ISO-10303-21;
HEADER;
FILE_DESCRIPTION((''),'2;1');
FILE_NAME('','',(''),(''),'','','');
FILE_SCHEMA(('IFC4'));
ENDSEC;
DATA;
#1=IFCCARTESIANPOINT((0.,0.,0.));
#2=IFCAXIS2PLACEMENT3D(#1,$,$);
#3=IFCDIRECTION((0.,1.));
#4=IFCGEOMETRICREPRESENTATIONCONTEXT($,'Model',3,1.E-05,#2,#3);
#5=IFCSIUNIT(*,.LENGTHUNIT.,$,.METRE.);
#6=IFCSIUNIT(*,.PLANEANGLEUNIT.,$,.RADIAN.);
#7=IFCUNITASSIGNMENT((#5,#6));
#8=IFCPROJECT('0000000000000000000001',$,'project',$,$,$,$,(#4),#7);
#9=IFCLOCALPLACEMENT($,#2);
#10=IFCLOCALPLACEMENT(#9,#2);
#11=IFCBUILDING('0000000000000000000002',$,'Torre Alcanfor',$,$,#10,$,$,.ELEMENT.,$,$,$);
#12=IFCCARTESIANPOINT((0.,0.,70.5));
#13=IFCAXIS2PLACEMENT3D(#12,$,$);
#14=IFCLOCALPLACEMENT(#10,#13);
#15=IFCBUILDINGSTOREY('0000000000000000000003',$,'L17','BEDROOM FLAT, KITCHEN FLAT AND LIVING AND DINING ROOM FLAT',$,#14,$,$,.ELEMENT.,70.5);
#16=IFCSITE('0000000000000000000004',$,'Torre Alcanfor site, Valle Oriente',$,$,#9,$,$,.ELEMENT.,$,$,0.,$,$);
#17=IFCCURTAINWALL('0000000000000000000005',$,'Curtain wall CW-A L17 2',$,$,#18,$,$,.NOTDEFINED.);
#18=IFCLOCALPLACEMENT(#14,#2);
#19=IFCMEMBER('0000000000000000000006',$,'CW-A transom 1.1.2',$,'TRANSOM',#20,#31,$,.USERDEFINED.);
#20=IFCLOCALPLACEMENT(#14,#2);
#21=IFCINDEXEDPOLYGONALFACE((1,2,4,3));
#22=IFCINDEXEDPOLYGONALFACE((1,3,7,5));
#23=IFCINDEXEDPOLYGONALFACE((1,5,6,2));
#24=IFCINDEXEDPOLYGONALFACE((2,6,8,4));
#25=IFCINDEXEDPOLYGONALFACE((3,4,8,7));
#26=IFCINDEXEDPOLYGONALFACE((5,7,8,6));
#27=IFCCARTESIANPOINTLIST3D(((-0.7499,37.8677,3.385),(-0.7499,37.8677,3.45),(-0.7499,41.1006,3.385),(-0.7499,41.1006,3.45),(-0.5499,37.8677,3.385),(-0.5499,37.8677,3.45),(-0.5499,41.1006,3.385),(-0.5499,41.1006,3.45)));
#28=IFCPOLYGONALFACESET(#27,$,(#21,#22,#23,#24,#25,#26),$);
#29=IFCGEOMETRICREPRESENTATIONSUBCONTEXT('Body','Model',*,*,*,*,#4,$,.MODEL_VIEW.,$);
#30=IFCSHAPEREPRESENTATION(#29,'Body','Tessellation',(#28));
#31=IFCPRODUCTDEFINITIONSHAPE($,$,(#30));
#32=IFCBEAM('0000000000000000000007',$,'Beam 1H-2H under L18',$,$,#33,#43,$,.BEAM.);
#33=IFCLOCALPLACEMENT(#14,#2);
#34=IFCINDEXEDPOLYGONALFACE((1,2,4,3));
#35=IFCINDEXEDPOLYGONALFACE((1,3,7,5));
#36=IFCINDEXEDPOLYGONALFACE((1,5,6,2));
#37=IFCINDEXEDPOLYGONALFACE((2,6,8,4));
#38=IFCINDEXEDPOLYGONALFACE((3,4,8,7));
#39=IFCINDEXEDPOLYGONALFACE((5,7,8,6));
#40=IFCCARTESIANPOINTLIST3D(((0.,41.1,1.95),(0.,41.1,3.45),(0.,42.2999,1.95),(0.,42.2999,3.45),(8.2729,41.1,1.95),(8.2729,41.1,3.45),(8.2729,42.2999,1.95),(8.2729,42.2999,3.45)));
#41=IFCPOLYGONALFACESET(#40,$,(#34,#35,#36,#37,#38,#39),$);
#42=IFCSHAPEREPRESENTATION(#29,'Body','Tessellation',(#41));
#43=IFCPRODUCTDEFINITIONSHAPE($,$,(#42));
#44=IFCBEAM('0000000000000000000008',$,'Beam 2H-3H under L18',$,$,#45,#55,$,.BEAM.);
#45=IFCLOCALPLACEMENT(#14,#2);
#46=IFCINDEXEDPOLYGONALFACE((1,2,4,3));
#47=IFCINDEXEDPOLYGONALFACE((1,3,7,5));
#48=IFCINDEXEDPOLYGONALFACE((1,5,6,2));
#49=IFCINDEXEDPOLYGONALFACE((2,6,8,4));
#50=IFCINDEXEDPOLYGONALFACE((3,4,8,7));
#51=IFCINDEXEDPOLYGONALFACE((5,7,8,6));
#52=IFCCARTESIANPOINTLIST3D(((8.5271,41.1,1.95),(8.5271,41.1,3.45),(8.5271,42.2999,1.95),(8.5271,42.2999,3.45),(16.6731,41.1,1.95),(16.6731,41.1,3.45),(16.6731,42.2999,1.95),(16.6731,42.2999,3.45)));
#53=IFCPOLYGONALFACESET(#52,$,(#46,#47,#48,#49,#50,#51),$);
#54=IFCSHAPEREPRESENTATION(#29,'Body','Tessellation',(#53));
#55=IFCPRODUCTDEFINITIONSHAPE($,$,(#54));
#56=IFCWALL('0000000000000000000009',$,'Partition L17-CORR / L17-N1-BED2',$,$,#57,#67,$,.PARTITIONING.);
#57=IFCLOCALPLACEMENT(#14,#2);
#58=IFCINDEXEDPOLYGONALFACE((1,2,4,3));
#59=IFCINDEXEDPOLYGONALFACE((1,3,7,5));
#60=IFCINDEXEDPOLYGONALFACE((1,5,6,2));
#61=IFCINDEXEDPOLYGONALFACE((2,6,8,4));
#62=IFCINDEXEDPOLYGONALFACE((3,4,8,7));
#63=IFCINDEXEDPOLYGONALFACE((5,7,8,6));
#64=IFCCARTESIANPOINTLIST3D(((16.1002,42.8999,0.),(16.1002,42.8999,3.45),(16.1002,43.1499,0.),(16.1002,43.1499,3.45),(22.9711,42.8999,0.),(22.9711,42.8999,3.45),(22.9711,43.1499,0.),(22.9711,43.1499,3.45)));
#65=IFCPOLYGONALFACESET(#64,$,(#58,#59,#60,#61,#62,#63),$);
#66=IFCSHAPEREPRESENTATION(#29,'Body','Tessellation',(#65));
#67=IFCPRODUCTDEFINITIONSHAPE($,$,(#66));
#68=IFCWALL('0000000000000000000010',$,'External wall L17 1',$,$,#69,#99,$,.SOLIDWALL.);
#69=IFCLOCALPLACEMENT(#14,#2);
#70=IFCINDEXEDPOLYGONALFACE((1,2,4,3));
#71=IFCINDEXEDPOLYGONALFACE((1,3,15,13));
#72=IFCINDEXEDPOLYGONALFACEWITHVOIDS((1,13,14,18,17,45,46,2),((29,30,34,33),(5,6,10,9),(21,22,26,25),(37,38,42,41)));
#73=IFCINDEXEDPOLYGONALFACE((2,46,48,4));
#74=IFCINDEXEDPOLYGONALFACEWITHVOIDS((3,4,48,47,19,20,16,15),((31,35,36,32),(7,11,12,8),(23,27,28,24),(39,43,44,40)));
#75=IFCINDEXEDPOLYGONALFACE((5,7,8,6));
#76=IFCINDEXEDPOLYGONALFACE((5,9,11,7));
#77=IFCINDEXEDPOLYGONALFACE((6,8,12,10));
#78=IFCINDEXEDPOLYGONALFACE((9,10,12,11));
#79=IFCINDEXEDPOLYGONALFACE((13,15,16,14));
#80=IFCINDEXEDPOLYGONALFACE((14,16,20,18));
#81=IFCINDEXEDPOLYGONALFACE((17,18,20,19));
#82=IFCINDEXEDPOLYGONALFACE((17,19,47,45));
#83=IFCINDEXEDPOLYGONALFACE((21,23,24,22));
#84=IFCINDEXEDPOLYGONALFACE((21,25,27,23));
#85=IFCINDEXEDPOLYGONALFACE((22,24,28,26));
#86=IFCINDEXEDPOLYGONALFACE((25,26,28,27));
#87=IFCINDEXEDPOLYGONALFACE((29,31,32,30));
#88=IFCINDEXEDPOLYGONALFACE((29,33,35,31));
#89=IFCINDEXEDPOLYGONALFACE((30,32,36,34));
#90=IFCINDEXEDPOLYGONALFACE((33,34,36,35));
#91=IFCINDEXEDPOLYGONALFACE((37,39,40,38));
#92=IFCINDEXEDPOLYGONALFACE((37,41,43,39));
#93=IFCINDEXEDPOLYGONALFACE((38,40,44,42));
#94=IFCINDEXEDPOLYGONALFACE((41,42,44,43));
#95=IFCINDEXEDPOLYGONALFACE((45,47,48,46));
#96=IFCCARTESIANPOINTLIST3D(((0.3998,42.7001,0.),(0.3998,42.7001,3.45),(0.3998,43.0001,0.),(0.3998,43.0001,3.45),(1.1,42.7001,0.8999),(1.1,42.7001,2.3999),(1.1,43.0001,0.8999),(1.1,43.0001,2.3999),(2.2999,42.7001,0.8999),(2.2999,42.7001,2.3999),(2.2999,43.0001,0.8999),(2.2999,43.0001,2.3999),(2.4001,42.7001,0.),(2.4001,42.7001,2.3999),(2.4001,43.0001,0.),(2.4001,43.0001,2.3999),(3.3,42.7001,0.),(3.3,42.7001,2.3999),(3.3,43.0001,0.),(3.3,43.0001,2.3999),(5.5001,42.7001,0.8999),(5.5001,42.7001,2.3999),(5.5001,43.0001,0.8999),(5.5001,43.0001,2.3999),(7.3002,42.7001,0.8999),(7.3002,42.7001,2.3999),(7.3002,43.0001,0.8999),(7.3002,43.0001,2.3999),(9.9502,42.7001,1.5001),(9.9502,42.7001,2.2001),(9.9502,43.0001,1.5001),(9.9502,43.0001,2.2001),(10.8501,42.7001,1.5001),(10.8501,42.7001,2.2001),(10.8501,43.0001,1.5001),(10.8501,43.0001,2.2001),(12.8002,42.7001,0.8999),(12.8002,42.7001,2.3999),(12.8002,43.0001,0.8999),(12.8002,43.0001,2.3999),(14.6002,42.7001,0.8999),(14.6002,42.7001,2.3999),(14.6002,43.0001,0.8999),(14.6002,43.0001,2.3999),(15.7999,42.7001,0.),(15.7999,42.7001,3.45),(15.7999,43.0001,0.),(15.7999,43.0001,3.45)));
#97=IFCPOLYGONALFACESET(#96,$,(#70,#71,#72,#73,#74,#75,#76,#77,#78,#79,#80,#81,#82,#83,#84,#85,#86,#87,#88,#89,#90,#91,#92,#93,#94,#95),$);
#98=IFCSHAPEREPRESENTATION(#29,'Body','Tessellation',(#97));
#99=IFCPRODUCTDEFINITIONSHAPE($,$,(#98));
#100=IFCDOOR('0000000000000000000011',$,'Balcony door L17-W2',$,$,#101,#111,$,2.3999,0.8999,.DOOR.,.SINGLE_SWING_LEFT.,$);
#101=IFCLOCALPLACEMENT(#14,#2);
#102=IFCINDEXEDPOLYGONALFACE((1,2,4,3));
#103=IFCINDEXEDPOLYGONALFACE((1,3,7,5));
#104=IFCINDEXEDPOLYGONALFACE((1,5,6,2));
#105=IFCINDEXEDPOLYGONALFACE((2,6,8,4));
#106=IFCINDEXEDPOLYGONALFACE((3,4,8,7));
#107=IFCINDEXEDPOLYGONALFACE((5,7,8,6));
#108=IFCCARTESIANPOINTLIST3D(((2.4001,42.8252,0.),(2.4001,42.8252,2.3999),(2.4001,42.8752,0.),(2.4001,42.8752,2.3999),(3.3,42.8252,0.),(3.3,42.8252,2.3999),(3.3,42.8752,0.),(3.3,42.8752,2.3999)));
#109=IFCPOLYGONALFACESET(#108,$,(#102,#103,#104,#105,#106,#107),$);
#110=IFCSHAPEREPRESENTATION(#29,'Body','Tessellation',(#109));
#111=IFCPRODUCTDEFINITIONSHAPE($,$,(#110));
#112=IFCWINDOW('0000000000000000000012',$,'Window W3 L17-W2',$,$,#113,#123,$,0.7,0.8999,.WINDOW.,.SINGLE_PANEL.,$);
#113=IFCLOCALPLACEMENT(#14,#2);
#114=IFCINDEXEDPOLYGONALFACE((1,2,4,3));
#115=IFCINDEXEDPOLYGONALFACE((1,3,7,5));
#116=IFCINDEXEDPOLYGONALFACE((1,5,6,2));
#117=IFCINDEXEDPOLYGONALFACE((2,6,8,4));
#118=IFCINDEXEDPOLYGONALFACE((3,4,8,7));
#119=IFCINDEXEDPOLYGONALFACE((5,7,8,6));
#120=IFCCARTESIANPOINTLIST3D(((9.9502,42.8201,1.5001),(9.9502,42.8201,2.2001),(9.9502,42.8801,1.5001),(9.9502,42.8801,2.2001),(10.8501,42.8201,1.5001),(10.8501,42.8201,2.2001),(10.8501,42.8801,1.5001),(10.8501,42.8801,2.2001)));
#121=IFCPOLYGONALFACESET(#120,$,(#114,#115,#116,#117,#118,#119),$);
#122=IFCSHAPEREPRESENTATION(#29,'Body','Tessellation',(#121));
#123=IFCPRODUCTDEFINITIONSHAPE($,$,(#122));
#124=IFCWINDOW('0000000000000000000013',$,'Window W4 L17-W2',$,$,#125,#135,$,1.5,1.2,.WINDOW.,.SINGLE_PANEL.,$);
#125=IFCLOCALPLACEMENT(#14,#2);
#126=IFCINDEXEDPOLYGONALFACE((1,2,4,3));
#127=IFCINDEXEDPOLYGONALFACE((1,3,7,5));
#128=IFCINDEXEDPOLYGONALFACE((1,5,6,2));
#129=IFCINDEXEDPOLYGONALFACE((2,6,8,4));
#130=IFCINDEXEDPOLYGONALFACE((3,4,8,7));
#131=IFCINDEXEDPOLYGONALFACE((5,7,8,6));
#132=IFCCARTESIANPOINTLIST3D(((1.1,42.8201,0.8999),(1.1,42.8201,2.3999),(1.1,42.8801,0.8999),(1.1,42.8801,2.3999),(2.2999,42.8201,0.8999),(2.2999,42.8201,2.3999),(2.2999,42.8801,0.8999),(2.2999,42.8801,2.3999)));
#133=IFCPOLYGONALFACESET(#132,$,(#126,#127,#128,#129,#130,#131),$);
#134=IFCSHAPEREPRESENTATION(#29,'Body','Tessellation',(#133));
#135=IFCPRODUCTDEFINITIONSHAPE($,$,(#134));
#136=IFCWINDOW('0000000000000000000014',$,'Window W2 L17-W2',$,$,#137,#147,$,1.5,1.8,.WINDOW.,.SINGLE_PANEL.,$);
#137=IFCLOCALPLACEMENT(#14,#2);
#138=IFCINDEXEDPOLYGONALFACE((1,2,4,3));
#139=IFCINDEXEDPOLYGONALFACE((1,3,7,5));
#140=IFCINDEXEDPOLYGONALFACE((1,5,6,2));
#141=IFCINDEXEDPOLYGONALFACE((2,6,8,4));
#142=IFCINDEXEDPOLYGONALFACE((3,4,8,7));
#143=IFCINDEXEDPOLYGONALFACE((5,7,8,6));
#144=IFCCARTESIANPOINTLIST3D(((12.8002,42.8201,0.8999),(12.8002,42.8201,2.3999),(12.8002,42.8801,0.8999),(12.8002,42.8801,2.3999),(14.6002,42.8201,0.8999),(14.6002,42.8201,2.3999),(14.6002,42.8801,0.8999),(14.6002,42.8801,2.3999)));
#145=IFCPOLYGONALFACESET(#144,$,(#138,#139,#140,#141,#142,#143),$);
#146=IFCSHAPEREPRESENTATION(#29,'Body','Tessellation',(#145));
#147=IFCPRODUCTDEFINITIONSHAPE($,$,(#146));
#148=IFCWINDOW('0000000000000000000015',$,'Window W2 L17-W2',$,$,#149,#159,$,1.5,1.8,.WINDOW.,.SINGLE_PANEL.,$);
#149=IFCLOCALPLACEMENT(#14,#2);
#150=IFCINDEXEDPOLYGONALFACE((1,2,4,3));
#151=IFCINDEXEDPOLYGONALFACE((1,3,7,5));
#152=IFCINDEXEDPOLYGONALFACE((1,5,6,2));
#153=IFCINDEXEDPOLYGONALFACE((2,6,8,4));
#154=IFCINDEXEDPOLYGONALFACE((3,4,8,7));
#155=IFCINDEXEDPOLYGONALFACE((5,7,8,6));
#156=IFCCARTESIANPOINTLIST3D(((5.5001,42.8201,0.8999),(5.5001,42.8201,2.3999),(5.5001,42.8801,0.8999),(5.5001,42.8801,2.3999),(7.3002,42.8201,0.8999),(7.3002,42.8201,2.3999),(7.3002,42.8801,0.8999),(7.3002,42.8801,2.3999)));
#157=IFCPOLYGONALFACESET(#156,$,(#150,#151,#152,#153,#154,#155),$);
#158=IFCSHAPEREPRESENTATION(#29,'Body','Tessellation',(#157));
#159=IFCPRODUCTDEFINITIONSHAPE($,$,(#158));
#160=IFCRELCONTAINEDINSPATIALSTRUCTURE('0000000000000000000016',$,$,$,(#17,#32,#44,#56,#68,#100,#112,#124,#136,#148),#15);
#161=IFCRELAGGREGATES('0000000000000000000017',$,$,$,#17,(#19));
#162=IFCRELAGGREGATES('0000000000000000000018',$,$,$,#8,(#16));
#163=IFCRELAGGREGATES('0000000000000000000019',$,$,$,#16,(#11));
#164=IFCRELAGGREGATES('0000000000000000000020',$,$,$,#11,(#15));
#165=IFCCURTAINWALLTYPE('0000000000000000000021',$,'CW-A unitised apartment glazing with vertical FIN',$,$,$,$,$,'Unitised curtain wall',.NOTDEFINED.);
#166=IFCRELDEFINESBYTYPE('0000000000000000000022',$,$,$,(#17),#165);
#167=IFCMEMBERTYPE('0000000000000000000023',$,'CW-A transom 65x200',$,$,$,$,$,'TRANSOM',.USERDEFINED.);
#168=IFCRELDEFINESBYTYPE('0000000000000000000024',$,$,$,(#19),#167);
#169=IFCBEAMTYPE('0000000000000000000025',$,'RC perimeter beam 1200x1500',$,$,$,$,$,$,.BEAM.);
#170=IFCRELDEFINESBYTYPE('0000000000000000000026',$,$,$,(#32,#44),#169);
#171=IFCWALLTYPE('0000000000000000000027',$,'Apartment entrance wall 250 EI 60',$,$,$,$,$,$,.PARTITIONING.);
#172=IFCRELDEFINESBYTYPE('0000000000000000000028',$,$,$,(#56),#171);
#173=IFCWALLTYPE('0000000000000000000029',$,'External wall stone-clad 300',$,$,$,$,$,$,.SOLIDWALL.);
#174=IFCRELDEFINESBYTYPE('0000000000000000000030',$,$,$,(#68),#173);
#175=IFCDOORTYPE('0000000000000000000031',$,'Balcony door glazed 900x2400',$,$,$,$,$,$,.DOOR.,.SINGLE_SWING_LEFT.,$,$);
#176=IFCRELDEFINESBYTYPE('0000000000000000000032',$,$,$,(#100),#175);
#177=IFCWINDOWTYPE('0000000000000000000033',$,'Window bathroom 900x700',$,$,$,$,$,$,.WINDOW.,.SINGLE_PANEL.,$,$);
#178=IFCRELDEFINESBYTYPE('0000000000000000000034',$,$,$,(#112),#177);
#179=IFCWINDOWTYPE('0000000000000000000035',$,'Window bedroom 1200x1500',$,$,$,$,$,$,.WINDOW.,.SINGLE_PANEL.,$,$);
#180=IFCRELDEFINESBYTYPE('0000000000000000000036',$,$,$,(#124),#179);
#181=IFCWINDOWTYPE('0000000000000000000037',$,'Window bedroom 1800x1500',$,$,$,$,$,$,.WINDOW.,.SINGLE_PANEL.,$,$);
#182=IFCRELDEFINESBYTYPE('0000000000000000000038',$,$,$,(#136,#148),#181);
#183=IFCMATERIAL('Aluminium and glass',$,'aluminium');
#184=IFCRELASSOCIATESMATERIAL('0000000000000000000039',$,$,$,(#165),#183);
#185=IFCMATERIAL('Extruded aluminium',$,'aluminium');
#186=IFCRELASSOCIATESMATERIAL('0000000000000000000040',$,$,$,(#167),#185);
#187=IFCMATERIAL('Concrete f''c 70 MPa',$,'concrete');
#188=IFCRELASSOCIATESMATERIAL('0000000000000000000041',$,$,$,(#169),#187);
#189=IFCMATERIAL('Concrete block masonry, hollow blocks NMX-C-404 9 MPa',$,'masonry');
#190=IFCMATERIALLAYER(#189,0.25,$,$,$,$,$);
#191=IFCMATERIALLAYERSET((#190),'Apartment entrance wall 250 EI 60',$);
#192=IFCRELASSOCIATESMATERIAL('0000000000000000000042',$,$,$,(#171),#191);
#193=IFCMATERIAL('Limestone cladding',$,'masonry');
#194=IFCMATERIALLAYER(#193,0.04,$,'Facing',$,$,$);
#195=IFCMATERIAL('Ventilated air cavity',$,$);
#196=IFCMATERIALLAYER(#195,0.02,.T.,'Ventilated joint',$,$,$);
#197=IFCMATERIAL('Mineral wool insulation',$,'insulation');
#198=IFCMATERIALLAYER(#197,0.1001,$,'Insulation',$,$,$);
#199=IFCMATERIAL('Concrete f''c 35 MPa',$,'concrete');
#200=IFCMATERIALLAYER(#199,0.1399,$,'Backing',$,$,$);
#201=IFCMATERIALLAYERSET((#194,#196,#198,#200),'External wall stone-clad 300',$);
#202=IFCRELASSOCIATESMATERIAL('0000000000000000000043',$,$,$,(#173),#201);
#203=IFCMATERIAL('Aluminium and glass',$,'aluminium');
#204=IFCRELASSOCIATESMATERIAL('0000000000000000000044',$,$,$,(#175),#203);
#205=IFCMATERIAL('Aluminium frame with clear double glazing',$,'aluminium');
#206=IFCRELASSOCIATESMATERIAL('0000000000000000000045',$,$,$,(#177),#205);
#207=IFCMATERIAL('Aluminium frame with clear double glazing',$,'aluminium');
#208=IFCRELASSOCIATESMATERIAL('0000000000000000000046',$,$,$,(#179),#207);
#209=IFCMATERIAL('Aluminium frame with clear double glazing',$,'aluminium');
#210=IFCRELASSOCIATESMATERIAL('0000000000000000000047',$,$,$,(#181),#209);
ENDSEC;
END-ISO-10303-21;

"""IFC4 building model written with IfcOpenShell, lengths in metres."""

from ifc_helpers import new_model, si_unit, direction, frame, frame_2d, origin, origin_2d, place, context, subcontext, project, spatial, rectangle, extrude, material, layer, layer_set, material_profile, profile_set, type_object, element, fill, aggregate, save


model = new_model("IFC4")

# Units and contexts
model_context = context("Model", 3, precision=1e-05, world=origin(), true_north=direction((0.0, 1.0)))
body_context = subcontext(model_context, "Body", "Model", "MODEL_VIEW")
ifc_project = project(units=[si_unit("LENGTHUNIT", "METRE"), si_unit("PLANEANGLEUNIT", "RADIAN")], contexts=[model_context])

# Site, building, storey
site_placement = place(None, origin())
site = spatial("IfcSite", under=ifc_project, at=site_placement, Name="Torre Alcanfor site, Valle Oriente", CompositionType="ELEMENT", RefElevation=0.0)
building_placement = place(site_placement, origin())
building = spatial("IfcBuilding", under=site, at=building_placement, Name="Torre Alcanfor", CompositionType="ELEMENT")
storey_placement = place(building_placement, frame((0.0, 0.0, 70.5)))
storey = spatial("IfcBuildingStorey", under=building, at=storey_placement, Name="L17", Description="BEDROOM FLAT, KITCHEN FLAT AND LIVING AND DINING ROOM FLAT", CompositionType="ELEMENT", Elevation=70.5)

# Curtain wall, member
ifc_material_1 = material(Name="Aluminium and glass", Category="aluminium")
curtain_wall_type = type_object("IfcCurtainWallType", Name="CW-A unitised apartment glazing with vertical FIN", ElementType="Unitised curtain wall", PredefinedType="NOTDEFINED", material=ifc_material_1)
curtain_wall_placement = place(storey_placement, origin())
curtain_wall = element("IfcCurtainWall", 1, at=curtain_wall_placement, inside=storey, type_object=curtain_wall_type, Name="Curtain wall CW-A L17 2", PredefinedType="NOTDEFINED")
ifc_material_2 = material(Name="Extruded aluminium", Category="aluminium")
ifc_material_profile_1 = material_profile(ifc_material_2, rectangle(XDim=0.2, YDim=0.0649, at=origin_2d()), Name="CW-A transom 200x65")
ifc_profile_set_1 = profile_set([ifc_material_profile_1], Name="Extruded aluminium")
member_type_1 = type_object("IfcMemberType", Name="CW-A transom 65x200", ElementType="TRANSOM", PredefinedType="USERDEFINED", material=ifc_profile_set_1)
member_1_placement = place(storey_placement, frame((-0.6499, 41.1006, 3.4175), z_axis=(0.0, -1.0, 0.0), x_axis=(1.0, 0.0, 0.0)))
member_1 = element("IfcMember", 2, at=member_1_placement, type_object=member_type_1, Name="CW-A transom 1.1.2", ObjectType="TRANSOM", PredefinedType="USERDEFINED", context=body_context, shape_type="SweptSolid", body=[
    extrude(rectangle(XDim=0.2, YDim=0.0649, at=origin_2d()), origin(), (0.0, 0.0, 1.0), 3.2329),
])
aggregate(curtain_wall, [member_1])

# Beams
ifc_material_3 = material(Name="Concrete f'c 70 MPa", Category="concrete")
ifc_material_profile_2 = material_profile(ifc_material_3, rectangle(XDim=1.2, YDim=1.5, at=origin_2d()), Name="1200x1500")
ifc_profile_set_2 = profile_set([ifc_material_profile_2], Name="Concrete f'c 70 MPa")
beam_type_1 = type_object("IfcBeamType", Name="RC perimeter beam 1200x1500", PredefinedType="BEAM", material=ifc_profile_set_2)
beam_1_placement = place(storey_placement, frame((0.0, 41.7, 2.7), z_axis=(1.0, 0.0, 0.0), x_axis=(0.0, 1.0, 0.0)))
element("IfcBeam", 3, at=beam_1_placement, inside=storey, type_object=beam_type_1, Name="Beam 1H-2H under L18", PredefinedType="BEAM", context=body_context, shape_type="SweptSolid", body=[
    extrude(rectangle(XDim=1.2, YDim=1.5, at=origin_2d()), origin(), (0.0, 0.0, 1.0), 8.2729),
])
beam_2_placement = place(storey_placement, frame((8.5271, 41.7, 2.7), z_axis=(1.0, 0.0, 0.0), x_axis=(0.0, 1.0, 0.0)))
element("IfcBeam", 4, at=beam_2_placement, inside=storey, type_object=beam_type_1, Name="Beam 2H-3H under L18", PredefinedType="BEAM", context=body_context, shape_type="SweptSolid", body=[
    extrude(rectangle(XDim=1.2, YDim=1.5, at=origin_2d()), origin(), (0.0, 0.0, 1.0), 8.146),
])

# Wall
ifc_material_4 = material(Name="Concrete block masonry, hollow blocks NMX-C-404 9 MPa", Category="masonry")
ifc_layer_1 = layer(ifc_material_4, 0.25)
ifc_layer_set_1 = layer_set([ifc_layer_1], Name="Apartment entrance wall 250 EI 60")
wall_type_1 = type_object("IfcWallType", Name="Apartment entrance wall 250 EI 60", PredefinedType="PARTITIONING", material=ifc_layer_set_1)
wall_1_placement = place(storey_placement, frame((16.1001, 43.0249, 0.0), z_axis=(0.0, 0.0, 1.0), x_axis=(1.0, 0.0, 0.0)))
element("IfcWall", 5, at=wall_1_placement, inside=storey, type_object=wall_type_1, Name="Partition L17-CORR / L17-N1-BED2", PredefinedType="PARTITIONING", context=body_context, shape_type="SweptSolid", body=[
    extrude(rectangle(XDim=6.8708, YDim=0.25, at=frame_2d((3.4355, 0.0))), origin(), (0.0, 0.0, 1.0), 3.45),
])

# Wall, openings, door, windows
ifc_material_5 = material(Name="Limestone cladding", Category="masonry")
ifc_layer_2 = layer(ifc_material_5, 0.04, Name="Facing")
ifc_material_6 = material(Name="Ventilated air cavity")
ifc_layer_3 = layer(ifc_material_6, 0.02, ventilated=True, Name="Ventilated joint")
ifc_material_7 = material(Name="Mineral wool insulation", Category="insulation")
ifc_layer_4 = layer(ifc_material_7, 0.1001, Name="Insulation")
ifc_material_8 = material(Name="Concrete f'c 35 MPa", Category="concrete")
ifc_layer_5 = layer(ifc_material_8, 0.1399, Name="Backing")
ifc_layer_set_2 = layer_set([ifc_layer_2, ifc_layer_3, ifc_layer_4, ifc_layer_5], Name="External wall stone-clad 300")
wall_type_2 = type_object("IfcWallType", Name="External wall stone-clad 300", PredefinedType="SOLIDWALL", material=ifc_layer_set_2)
wall_2_placement = place(storey_placement, frame((15.8, 42.8501, 0.0), z_axis=(0.0, 0.0, 1.0), x_axis=(-1.0, 0.0, 0.0)))
wall_2 = element("IfcWall", 6, at=wall_2_placement, inside=storey, type_object=wall_type_2, Name="External wall L17 1", PredefinedType="SOLIDWALL", context=body_context, shape_type="SweptSolid", body=[
    extrude(rectangle(XDim=15.4001, YDim=0.3, at=frame_2d((7.7002, 0.0))), origin(), (0.0, 0.0, 1.0), 3.45),
])
opening_1_placement = place(wall_2_placement, frame((1.2, 0.0, 0.8999)))
opening_1 = element("IfcOpeningElement", 7, at=opening_1_placement, cuts=wall_2, PredefinedType="OPENING", context=body_context, shape_type="SweptSolid", body=[
    extrude(rectangle(XDim=1.8, YDim=1.5, at=frame_2d((0.8999, 0.75))), frame((0.0, 0.1599, 0.0), z_axis=(0.0, -1.0, 0.0), x_axis=(1.0, 0.0, 0.0)), (0.0, 0.0, 1.0), 0.3201),
])
opening_2_placement = place(wall_2_placement, frame((4.95, 0.0, 1.5)))
opening_2 = element("IfcOpeningElement", 8, at=opening_2_placement, cuts=wall_2, PredefinedType="OPENING", context=body_context, shape_type="SweptSolid", body=[
    extrude(rectangle(XDim=0.8999, YDim=0.7, at=frame_2d((0.45, 0.3501))), frame((0.0, 0.1599, 0.0), z_axis=(0.0, -1.0, 0.0), x_axis=(1.0, 0.0, 0.0)), (0.0, 0.0, 1.0), 0.3201),
])
opening_3_placement = place(wall_2_placement, frame((8.5, 0.0, 0.8999)))
opening_3 = element("IfcOpeningElement", 9, at=opening_3_placement, cuts=wall_2, PredefinedType="OPENING", context=body_context, shape_type="SweptSolid", body=[
    extrude(rectangle(XDim=1.8, YDim=1.5, at=frame_2d((0.8999, 0.75))), frame((0.0, 0.1599, 0.0), z_axis=(0.0, -1.0, 0.0), x_axis=(1.0, 0.0, 0.0)), (0.0, 0.0, 1.0), 0.3201),
])
opening_4_placement = place(wall_2_placement, frame((12.5, 0.0, 0.0)))
opening_4 = element("IfcOpeningElement", 10, at=opening_4_placement, cuts=wall_2, PredefinedType="OPENING", context=body_context, shape_type="SweptSolid", body=[
    extrude(rectangle(XDim=0.8999, YDim=2.3999, at=frame_2d((0.45, 1.2))), frame((0.0, 0.1599, 0.0), z_axis=(0.0, -1.0, 0.0), x_axis=(1.0, 0.0, 0.0)), (0.0, 0.0, 1.0), 0.3201),
])
opening_5_placement = place(wall_2_placement, frame((13.5, 0.0, 0.8999)))
opening_5 = element("IfcOpeningElement", 11, at=opening_5_placement, cuts=wall_2, PredefinedType="OPENING", context=body_context, shape_type="SweptSolid", body=[
    extrude(rectangle(XDim=1.2, YDim=1.5, at=frame_2d((0.6001, 0.75))), frame((0.0, 0.1599, 0.0), z_axis=(0.0, -1.0, 0.0), x_axis=(1.0, 0.0, 0.0)), (0.0, 0.0, 1.0), 0.3201),
])
ifc_material_9 = material(Name="Aluminium and glass", Category="aluminium")
door_type = type_object("IfcDoorType", Name="Balcony door glazed 900x2400", OperationType="SINGLE_SWING_LEFT", PredefinedType="DOOR", material=ifc_material_9)
door_1_placement = place(opening_4_placement, origin())
door_1 = element("IfcDoor", 12, at=door_1_placement, inside=storey, type_object=door_type, Name="Balcony door L17-W2", OperationType="SINGLE_SWING_LEFT", OverallHeight=2.3999, OverallWidth=0.8999, PredefinedType="DOOR", context=body_context, shape_type="SweptSolid", body=[
    extrude(rectangle(XDim=0.8999, YDim=2.3999, at=frame_2d((0.45, 1.2))), frame((0.0, 0.0249, 0.0), z_axis=(0.0, -1.0, 0.0), x_axis=(1.0, 0.0, 0.0)), (0.0, 0.0, 1.0), 0.05),
])
fill(opening_4, door_1)
ifc_material_10 = material(Name="Aluminium frame with clear double glazing", Category="aluminium")
window_type_1 = type_object("IfcWindowType", Name="Window bathroom 900x700", PartitioningType="SINGLE_PANEL", PredefinedType="WINDOW", material=ifc_material_10)
window_1_placement = place(opening_2_placement, origin())
window_1 = element("IfcWindow", 13, at=window_1_placement, inside=storey, type_object=window_type_1, Name="Window W3 L17-W2", OverallHeight=0.7, OverallWidth=0.8999, PartitioningType="SINGLE_PANEL", PredefinedType="WINDOW", context=body_context, shape_type="SweptSolid", body=[
    extrude(rectangle(XDim=0.8999, YDim=0.7, at=frame_2d((0.45, 0.3501))), frame((0.0, 0.03, 0.0), z_axis=(0.0, -1.0, 0.0), x_axis=(1.0, 0.0, 0.0)), (0.0, 0.0, 1.0), 0.0601),
])
fill(opening_2, window_1)
ifc_material_11 = material(Name="Aluminium frame with clear double glazing", Category="aluminium")
window_type_2 = type_object("IfcWindowType", Name="Window bedroom 1200x1500", PartitioningType="SINGLE_PANEL", PredefinedType="WINDOW", material=ifc_material_11)
window_2_placement = place(opening_5_placement, origin())
window_2 = element("IfcWindow", 14, at=window_2_placement, inside=storey, type_object=window_type_2, Name="Window W4 L17-W2", OverallHeight=1.5, OverallWidth=1.2, PartitioningType="SINGLE_PANEL", PredefinedType="WINDOW", context=body_context, shape_type="SweptSolid", body=[
    extrude(rectangle(XDim=1.2, YDim=1.5, at=frame_2d((0.6001, 0.75))), frame((0.0, 0.03, 0.0), z_axis=(0.0, -1.0, 0.0), x_axis=(1.0, 0.0, 0.0)), (0.0, 0.0, 1.0), 0.0601),
])
fill(opening_5, window_2)
ifc_material_12 = material(Name="Aluminium frame with clear double glazing", Category="aluminium")
window_type_3 = type_object("IfcWindowType", Name="Window bedroom 1800x1500", PartitioningType="SINGLE_PANEL", PredefinedType="WINDOW", material=ifc_material_12)
window_3_placement = place(opening_1_placement, origin())
window_3 = element("IfcWindow", 15, at=window_3_placement, inside=storey, type_object=window_type_3, Name="Window W2 L17-W2", OverallHeight=1.5, OverallWidth=1.8, PartitioningType="SINGLE_PANEL", PredefinedType="WINDOW", context=body_context, shape_type="SweptSolid", body=[
    extrude(rectangle(XDim=1.8, YDim=1.5, at=frame_2d((0.8999, 0.75))), frame((0.0, 0.03, 0.0), z_axis=(0.0, -1.0, 0.0), x_axis=(1.0, 0.0, 0.0)), (0.0, 0.0, 1.0), 0.0601),
])
fill(opening_1, window_3)
window_4_placement = place(opening_3_placement, origin())
window_4 = element("IfcWindow", 16, at=window_4_placement, inside=storey, type_object=window_type_3, Name="Window W2 L17-W2", OverallHeight=1.5, OverallWidth=1.8, PartitioningType="SINGLE_PANEL", PredefinedType="WINDOW", context=body_context, shape_type="SweptSolid", body=[
    extrude(rectangle(XDim=1.8, YDim=1.5, at=frame_2d((0.8999, 0.75))), frame((0.0, 0.03, 0.0), z_axis=(0.0, -1.0, 0.0), x_axis=(1.0, 0.0, 0.0)), (0.0, 0.0, 1.0), 0.0601),
])
fill(opening_3, window_4)

save(model, "model.ifc")
